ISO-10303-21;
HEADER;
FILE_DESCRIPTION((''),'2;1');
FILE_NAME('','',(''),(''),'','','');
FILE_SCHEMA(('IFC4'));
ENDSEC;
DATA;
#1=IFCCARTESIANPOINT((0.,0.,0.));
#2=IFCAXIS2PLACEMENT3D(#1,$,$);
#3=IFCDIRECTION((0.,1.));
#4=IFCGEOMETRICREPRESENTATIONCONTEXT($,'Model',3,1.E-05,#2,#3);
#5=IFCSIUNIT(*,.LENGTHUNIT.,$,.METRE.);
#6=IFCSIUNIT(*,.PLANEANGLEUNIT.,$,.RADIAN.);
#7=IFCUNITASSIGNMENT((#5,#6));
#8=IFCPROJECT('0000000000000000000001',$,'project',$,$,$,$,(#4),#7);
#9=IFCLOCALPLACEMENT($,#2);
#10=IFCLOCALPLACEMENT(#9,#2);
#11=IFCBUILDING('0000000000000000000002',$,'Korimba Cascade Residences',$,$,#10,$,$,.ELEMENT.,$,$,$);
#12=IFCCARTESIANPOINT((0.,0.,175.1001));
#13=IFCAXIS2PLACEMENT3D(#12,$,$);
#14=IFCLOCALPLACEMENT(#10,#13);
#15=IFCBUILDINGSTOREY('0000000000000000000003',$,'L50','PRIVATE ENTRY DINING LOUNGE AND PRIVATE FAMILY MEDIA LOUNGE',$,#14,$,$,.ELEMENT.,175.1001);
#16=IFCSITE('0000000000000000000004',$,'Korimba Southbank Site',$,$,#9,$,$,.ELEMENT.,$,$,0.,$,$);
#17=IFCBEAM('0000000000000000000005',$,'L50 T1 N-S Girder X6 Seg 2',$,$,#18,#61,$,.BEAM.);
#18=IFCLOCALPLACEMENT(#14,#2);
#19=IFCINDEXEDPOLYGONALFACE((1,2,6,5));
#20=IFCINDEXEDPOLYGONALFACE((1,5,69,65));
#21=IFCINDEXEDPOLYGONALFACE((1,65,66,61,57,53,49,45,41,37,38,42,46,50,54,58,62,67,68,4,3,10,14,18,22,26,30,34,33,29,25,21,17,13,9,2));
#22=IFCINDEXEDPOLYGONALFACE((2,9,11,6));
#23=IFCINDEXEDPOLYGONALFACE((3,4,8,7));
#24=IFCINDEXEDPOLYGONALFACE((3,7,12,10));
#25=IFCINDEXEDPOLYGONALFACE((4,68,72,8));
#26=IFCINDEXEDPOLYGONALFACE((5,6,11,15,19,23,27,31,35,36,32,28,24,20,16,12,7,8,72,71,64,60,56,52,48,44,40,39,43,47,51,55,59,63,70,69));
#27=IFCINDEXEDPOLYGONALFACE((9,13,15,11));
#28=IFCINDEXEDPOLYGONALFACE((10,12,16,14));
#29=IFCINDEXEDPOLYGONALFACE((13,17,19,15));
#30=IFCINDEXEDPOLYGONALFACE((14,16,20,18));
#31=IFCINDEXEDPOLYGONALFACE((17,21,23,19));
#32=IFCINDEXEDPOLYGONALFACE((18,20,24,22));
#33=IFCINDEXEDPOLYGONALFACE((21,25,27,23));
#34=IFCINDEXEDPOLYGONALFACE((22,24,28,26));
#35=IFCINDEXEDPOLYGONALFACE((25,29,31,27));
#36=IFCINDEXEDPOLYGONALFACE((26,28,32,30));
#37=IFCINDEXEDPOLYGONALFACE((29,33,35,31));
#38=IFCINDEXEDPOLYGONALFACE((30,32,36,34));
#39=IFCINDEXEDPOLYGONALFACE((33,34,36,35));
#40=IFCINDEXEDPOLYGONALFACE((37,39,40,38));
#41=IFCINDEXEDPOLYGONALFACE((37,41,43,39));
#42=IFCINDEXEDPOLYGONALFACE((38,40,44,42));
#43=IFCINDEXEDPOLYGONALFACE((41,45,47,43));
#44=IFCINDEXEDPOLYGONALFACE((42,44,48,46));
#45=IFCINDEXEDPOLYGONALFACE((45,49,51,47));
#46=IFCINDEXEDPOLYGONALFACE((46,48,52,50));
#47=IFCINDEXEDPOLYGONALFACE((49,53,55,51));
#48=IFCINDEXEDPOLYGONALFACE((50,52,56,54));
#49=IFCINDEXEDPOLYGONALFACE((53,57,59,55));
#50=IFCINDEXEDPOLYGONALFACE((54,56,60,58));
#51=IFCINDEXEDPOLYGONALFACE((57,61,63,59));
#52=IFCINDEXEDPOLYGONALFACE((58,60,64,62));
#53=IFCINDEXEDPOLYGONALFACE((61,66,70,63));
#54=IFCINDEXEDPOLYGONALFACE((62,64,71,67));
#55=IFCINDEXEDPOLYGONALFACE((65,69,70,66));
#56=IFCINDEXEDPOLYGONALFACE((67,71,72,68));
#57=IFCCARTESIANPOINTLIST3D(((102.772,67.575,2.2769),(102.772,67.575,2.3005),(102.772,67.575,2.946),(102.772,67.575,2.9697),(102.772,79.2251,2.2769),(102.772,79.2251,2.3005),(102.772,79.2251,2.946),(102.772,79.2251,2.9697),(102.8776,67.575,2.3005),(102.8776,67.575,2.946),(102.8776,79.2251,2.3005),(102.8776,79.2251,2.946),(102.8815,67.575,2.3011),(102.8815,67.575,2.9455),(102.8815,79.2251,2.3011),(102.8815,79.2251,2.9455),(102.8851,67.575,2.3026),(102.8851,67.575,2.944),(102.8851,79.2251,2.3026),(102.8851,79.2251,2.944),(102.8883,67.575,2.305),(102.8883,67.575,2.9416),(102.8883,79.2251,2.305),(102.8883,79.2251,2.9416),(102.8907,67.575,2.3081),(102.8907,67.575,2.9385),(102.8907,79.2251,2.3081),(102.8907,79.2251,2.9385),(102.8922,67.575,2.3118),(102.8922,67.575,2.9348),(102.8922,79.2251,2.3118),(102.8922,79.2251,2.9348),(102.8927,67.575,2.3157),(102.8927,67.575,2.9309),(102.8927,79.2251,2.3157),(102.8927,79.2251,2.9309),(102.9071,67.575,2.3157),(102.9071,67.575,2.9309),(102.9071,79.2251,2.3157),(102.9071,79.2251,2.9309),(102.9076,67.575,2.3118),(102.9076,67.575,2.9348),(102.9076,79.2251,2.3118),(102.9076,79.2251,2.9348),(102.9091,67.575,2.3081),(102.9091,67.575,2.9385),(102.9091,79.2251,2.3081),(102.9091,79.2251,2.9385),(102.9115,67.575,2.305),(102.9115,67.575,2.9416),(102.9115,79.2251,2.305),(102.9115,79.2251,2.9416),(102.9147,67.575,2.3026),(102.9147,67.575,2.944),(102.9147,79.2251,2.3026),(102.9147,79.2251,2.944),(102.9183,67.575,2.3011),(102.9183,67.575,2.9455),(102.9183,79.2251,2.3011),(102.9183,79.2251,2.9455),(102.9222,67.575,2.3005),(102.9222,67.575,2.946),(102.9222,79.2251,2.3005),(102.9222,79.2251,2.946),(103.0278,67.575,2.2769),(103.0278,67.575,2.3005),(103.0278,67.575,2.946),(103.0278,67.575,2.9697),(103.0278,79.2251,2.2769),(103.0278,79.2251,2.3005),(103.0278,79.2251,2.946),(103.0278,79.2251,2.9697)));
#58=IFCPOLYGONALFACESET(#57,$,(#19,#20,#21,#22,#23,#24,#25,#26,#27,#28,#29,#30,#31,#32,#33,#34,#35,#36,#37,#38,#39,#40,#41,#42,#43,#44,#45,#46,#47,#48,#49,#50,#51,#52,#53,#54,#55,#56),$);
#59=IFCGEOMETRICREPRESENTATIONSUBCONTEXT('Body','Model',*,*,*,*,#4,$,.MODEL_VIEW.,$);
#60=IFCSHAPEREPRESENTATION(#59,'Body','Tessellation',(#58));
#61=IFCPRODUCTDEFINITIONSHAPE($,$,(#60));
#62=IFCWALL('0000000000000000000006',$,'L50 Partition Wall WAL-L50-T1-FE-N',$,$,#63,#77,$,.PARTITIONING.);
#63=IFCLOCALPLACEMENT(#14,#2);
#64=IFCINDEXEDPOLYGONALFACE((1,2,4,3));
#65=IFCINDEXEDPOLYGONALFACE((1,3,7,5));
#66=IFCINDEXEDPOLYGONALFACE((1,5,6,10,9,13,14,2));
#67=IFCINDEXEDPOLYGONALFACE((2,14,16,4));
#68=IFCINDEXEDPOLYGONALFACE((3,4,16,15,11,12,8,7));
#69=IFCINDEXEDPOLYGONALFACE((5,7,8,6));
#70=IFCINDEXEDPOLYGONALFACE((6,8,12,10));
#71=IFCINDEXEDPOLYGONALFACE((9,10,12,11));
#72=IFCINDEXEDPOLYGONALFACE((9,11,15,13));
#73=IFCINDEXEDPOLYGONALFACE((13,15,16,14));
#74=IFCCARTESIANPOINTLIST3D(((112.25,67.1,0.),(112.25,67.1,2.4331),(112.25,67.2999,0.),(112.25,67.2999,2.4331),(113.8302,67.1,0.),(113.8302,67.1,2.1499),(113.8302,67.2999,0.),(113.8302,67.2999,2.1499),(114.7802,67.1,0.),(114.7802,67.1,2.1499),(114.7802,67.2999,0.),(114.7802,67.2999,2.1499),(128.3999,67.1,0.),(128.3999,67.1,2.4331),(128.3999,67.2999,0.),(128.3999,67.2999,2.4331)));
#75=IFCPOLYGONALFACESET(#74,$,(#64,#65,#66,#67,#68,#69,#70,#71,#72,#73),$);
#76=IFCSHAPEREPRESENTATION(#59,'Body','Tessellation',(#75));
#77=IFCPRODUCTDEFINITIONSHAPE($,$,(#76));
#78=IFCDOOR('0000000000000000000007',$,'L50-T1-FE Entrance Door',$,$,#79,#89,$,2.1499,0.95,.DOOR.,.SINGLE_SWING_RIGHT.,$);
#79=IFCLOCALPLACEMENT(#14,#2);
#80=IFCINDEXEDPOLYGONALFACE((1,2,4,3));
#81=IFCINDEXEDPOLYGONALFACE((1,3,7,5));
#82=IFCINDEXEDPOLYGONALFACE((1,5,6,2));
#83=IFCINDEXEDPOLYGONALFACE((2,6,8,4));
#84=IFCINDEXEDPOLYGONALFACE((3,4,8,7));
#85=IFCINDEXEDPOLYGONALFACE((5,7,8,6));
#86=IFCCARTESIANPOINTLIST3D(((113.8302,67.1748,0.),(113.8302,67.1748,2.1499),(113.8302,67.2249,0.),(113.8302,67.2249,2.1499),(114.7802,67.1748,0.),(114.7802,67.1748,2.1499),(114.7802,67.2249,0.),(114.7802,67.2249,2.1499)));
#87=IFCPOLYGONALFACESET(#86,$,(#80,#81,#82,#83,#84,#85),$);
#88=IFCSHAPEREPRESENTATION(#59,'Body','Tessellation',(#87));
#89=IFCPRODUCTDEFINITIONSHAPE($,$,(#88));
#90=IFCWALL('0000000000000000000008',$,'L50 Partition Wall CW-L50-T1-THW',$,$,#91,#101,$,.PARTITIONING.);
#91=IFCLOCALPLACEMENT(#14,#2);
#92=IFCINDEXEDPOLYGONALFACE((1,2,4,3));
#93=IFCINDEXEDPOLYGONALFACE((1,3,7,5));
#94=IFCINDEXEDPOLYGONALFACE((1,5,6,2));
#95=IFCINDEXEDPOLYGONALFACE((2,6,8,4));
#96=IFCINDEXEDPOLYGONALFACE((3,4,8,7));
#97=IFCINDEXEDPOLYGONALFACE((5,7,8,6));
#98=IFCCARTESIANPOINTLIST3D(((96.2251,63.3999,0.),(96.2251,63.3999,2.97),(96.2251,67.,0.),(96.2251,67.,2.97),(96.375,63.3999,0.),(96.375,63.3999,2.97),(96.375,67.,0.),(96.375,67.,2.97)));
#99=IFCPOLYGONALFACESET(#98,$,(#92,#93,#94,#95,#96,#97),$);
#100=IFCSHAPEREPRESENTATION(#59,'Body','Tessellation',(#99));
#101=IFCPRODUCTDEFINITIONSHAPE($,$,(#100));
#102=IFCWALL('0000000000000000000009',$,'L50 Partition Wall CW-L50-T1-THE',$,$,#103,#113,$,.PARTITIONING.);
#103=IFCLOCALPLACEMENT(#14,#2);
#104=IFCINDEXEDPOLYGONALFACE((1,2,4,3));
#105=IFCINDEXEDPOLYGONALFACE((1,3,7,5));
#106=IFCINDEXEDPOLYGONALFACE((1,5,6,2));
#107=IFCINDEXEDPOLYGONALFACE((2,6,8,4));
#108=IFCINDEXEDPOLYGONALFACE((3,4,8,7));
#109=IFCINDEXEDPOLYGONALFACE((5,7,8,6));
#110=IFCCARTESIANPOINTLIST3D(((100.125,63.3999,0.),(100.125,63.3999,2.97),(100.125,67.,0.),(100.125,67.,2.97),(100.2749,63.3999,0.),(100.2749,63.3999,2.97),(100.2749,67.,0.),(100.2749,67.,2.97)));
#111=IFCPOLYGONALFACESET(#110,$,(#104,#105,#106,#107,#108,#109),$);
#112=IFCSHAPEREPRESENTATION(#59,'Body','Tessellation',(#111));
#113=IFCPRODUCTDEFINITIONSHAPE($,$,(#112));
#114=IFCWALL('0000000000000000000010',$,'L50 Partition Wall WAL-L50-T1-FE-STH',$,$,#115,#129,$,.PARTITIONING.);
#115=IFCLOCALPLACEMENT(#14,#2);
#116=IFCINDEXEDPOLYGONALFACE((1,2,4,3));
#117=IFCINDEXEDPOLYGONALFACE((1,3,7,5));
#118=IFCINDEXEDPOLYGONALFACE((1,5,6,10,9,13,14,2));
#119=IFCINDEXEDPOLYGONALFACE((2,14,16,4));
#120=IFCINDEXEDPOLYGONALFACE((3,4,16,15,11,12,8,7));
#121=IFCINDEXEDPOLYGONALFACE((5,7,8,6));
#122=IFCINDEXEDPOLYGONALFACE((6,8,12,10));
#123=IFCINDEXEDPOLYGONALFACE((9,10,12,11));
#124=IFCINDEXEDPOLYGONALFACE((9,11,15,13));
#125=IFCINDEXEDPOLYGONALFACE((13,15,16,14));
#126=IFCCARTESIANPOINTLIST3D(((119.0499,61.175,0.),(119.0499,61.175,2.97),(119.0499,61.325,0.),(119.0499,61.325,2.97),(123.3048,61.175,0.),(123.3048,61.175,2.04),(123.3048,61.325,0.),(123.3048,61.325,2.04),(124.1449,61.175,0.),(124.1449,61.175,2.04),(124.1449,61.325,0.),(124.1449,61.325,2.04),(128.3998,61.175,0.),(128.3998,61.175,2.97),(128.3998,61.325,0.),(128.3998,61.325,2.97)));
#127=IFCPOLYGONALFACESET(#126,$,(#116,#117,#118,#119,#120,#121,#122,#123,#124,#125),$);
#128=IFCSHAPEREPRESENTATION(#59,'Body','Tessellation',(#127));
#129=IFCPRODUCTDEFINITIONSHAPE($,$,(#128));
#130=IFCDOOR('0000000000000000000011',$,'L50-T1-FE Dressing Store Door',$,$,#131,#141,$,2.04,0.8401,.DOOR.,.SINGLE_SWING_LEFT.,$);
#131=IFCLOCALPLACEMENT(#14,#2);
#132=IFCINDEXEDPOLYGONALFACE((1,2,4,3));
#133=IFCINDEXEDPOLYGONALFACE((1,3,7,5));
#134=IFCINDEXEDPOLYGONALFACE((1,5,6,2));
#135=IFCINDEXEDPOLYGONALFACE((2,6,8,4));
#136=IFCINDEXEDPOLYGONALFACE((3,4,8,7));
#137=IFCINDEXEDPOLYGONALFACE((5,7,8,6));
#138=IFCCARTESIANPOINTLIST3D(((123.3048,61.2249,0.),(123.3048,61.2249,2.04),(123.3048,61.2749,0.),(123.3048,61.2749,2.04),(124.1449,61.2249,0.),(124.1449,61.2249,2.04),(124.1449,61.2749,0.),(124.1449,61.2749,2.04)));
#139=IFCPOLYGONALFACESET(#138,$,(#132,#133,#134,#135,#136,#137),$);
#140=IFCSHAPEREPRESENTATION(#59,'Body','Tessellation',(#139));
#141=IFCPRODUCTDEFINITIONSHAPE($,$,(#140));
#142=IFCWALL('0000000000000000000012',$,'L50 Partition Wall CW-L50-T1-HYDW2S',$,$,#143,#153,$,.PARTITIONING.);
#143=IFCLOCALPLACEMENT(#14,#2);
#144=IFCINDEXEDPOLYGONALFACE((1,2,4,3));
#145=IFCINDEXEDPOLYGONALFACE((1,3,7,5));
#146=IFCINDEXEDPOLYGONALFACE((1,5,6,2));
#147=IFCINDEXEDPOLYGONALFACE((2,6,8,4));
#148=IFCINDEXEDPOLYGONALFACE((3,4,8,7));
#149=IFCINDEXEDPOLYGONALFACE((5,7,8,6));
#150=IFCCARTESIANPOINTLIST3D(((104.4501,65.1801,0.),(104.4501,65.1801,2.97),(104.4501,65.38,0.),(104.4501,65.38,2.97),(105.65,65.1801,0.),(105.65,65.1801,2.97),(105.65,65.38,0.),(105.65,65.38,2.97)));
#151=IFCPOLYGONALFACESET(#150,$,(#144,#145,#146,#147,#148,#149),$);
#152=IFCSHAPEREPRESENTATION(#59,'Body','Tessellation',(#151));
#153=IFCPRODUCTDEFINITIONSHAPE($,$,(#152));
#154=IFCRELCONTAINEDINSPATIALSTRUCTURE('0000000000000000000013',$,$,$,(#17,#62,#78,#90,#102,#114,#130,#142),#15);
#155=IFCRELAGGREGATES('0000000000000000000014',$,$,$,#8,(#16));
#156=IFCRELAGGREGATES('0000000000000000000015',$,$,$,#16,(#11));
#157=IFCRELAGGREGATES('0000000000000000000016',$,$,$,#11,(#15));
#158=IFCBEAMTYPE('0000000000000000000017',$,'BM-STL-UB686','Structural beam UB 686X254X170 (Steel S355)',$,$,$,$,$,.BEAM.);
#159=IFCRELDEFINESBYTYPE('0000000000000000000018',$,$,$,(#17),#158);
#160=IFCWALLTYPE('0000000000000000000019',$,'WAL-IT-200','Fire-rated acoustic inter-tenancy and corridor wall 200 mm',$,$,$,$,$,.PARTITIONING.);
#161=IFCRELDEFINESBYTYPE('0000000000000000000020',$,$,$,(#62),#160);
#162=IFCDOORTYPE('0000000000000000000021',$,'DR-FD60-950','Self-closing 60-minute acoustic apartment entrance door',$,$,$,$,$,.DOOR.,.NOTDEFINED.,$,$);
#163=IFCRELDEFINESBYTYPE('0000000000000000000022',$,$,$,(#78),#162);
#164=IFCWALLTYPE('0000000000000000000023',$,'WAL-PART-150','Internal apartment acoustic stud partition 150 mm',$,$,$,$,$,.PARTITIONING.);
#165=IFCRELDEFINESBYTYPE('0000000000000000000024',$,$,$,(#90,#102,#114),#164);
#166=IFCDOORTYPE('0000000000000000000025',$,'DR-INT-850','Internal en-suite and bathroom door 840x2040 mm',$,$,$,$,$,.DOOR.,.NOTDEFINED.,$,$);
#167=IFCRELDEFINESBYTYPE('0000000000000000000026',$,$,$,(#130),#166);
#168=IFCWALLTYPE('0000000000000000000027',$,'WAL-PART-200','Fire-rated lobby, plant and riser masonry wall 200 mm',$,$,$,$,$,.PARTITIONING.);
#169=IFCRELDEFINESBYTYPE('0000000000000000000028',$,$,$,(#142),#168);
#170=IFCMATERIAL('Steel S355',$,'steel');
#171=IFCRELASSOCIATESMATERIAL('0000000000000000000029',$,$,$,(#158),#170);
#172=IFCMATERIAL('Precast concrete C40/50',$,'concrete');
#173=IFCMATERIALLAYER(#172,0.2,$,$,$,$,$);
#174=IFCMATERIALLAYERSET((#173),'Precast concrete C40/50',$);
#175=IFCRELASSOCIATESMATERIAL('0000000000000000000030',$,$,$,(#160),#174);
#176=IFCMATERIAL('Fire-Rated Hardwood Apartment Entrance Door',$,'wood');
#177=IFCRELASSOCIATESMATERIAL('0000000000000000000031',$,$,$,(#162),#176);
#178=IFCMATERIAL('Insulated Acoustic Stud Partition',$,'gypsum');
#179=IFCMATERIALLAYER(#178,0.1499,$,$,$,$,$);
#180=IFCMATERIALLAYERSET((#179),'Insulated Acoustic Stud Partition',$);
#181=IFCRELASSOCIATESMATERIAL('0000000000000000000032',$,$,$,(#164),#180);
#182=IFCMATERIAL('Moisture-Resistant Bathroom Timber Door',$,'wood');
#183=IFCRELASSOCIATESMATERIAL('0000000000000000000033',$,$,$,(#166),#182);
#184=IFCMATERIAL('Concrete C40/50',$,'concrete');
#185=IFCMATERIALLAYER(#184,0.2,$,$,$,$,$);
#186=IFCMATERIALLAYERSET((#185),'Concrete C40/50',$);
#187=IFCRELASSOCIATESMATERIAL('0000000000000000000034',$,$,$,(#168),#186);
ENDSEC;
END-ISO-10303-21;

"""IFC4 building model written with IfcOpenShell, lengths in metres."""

from ifc_helpers import new_model, si_unit, direction, frame, frame_2d, origin, origin_2d, place, context, subcontext, project, spatial, rectangle, i_section, extrude, material, layer, layer_set, material_profile, profile_set, type_object, element, fill, save


model = new_model("IFC4")

# Units and contexts
model_context = context("Model", 3, precision=1e-05, world=origin(), true_north=direction((0.0, 1.0)))
body_context = subcontext(model_context, "Body", "Model", "MODEL_VIEW")
ifc_project = project(units=[si_unit("LENGTHUNIT", "METRE"), si_unit("PLANEANGLEUNIT", "RADIAN")], contexts=[model_context])

# Site, building, storey
site_placement = place(None, origin())
site = spatial("IfcSite", under=ifc_project, at=site_placement, Name="Korimba Southbank Site", CompositionType="ELEMENT", RefElevation=0.0)
building_placement = place(site_placement, origin())
building = spatial("IfcBuilding", under=site, at=building_placement, Name="Korimba Cascade Residences", CompositionType="ELEMENT")
storey_placement = place(building_placement, frame((0.0, 0.0, 175.1001)))
storey = spatial("IfcBuildingStorey", under=building, at=storey_placement, Name="L50", Description="PRIVATE ENTRY DINING LOUNGE AND PRIVATE FAMILY MEDIA LOUNGE", CompositionType="ELEMENT", Elevation=175.1001)

# Beam
ifc_material_1 = material(Name="Steel S355", Category="steel")
ifc_material_profile_1 = material_profile(ifc_material_1, i_section(OverallWidth=0.2559, OverallDepth=0.6929, WebThickness=0.0144, FlangeThickness=0.0237, FilletRadius=0.0151, at=origin_2d()), Name="Steel S355")
ifc_profile_set_1 = profile_set([ifc_material_profile_1], Name="Steel S355")
beam_type_1 = type_object("IfcBeamType", Name="BM-STL-UB686", Description="Structural beam UB 686X254X170 (Steel S355)", PredefinedType="BEAM", material=ifc_profile_set_1)
beam_1_placement = place(storey_placement, frame((102.8999, 67.575, 2.6233), z_axis=(0.0, 1.0, 0.0), x_axis=(-1.0, 0.0, 0.0)))
element("IfcBeam", 1, at=beam_1_placement, inside=storey, type_object=beam_type_1, Name="L50 T1 N-S Girder X6 Seg 2", PredefinedType="BEAM", context=body_context, shape_type="SweptSolid", body=[
    extrude(i_section(OverallWidth=0.2559, OverallDepth=0.6929, WebThickness=0.0144, FlangeThickness=0.0237, FilletRadius=0.0151, at=origin_2d()), origin(), (0.0, 0.0, 1.0), 11.6501),
])

# Wall, opening, door
ifc_material_2 = material(Name="Precast concrete C40/50", Category="concrete")
ifc_layer_1 = layer(ifc_material_2, 0.2)
ifc_layer_set_1 = layer_set([ifc_layer_1], Name="Precast concrete C40/50")
wall_type_1 = type_object("IfcWallType", Name="WAL-IT-200", Description="Fire-rated acoustic inter-tenancy and corridor wall 200 mm", PredefinedType="PARTITIONING", material=ifc_layer_set_1)
wall_1_placement = place(storey_placement, frame((112.25, 67.2, 0.0), z_axis=(0.0, 0.0, 1.0), x_axis=(1.0, 0.0, 0.0)))
wall_1 = element("IfcWall", 2, at=wall_1_placement, inside=storey, type_object=wall_type_1, Name="L50 Partition Wall WAL-L50-T1-FE-N", PredefinedType="PARTITIONING", context=body_context, shape_type="SweptSolid", body=[
    extrude(rectangle(XDim=16.1499, YDim=0.2, at=frame_2d((8.075, 0.0))), origin(), (0.0, 0.0, 1.0), 2.4331),
])
opening_1_placement = place(wall_1_placement, frame((1.5801, 0.0, 0.0)))
opening_1 = element("IfcOpeningElement", 3, at=opening_1_placement, cuts=wall_1, PredefinedType="OPENING", context=body_context, shape_type="SweptSolid", body=[
    extrude(rectangle(XDim=0.95, YDim=2.1499, at=frame_2d((0.4751, 1.075))), frame((0.0, 0.1099, 0.0), z_axis=(0.0, -1.0, 0.0), x_axis=(1.0, 0.0, 0.0)), (0.0, 0.0, 1.0), 0.22),
])
ifc_material_3 = material(Name="Fire-Rated Hardwood Apartment Entrance Door", Category="wood")
door_type_1 = type_object("IfcDoorType", Name="DR-FD60-950", Description="Self-closing 60-minute acoustic apartment entrance door", OperationType="NOTDEFINED", PredefinedType="DOOR", material=ifc_material_3)
door_1_placement = place(opening_1_placement, origin())
door_1 = element("IfcDoor", 4, at=door_1_placement, inside=storey, type_object=door_type_1, Name="L50-T1-FE Entrance Door", OperationType="SINGLE_SWING_RIGHT", OverallHeight=2.1499, OverallWidth=0.95, PredefinedType="DOOR", context=body_context, shape_type="SweptSolid", body=[
    extrude(rectangle(XDim=0.95, YDim=2.1499, at=frame_2d((0.4751, 1.075))), frame((0.0, 0.0249, 0.0), z_axis=(0.0, -1.0, 0.0), x_axis=(1.0, 0.0, 0.0)), (0.0, 0.0, 1.0), 0.05),
])
fill(opening_1, door_1)

# Walls
ifc_material_4 = material(Name="Insulated Acoustic Stud Partition", Category="gypsum")
ifc_layer_2 = layer(ifc_material_4, 0.1499)
ifc_layer_set_2 = layer_set([ifc_layer_2], Name="Insulated Acoustic Stud Partition")
wall_type_2 = type_object("IfcWallType", Name="WAL-PART-150", Description="Internal apartment acoustic stud partition 150 mm", PredefinedType="PARTITIONING", material=ifc_layer_set_2)
for number, where, z_axis, x_axis, name in (
    (5, (96.3, 63.3999, 0.0), (0.0, 0.0, 1.0), (0.0, 1.0, 0.0), "L50 Partition Wall CW-L50-T1-THW"),
    (6, (100.2, 63.3999, 0.0), (0.0, 0.0, 1.0), (0.0, 1.0, 0.0), "L50 Partition Wall CW-L50-T1-THE"),
):
    element("IfcWall", number, at=place(storey_placement, frame(where, z_axis=z_axis, x_axis=x_axis)), inside=storey, type_object=wall_type_2, Name=name, PredefinedType="PARTITIONING", context=body_context, shape_type="SweptSolid", body=[
        extrude(rectangle(XDim=3.6001, YDim=0.1499, at=frame_2d((1.8, 0.0))), origin(), (0.0, 0.0, 1.0), 2.97),
    ])

# Wall, opening, door
wall_2_placement = place(storey_placement, frame((119.05, 61.25, 0.0), z_axis=(0.0, 0.0, 1.0), x_axis=(1.0, 0.0, 0.0)))
wall_2 = element("IfcWall", 7, at=wall_2_placement, inside=storey, type_object=wall_type_2, Name="L50 Partition Wall WAL-L50-T1-FE-STH", PredefinedType="PARTITIONING", context=body_context, shape_type="SweptSolid", body=[
    extrude(rectangle(XDim=9.3499, YDim=0.1499, at=frame_2d((4.6748, 0.0))), origin(), (0.0, 0.0, 1.0), 2.97),
])
opening_2_placement = place(wall_2_placement, frame((4.2549, 0.0, 0.0)))
opening_2 = element("IfcOpeningElement", 8, at=opening_2_placement, cuts=wall_2, PredefinedType="OPENING", context=body_context, shape_type="SweptSolid", body=[
    extrude(rectangle(XDim=0.8401, YDim=2.04, at=frame_2d((0.4199, 1.02))), frame((0.0, 0.085, 0.0), z_axis=(0.0, -1.0, 0.0), x_axis=(1.0, 0.0, 0.0)), (0.0, 0.0, 1.0), 0.1699),
])
ifc_material_5 = material(Name="Moisture-Resistant Bathroom Timber Door", Category="wood")
door_type_2 = type_object("IfcDoorType", Name="DR-INT-850", Description="Internal en-suite and bathroom door 840x2040 mm", OperationType="NOTDEFINED", PredefinedType="DOOR", material=ifc_material_5)
door_2_placement = place(opening_2_placement, origin())
door_2 = element("IfcDoor", 9, at=door_2_placement, inside=storey, type_object=door_type_2, Name="L50-T1-FE Dressing Store Door", OperationType="SINGLE_SWING_LEFT", OverallHeight=2.04, OverallWidth=0.8401, PredefinedType="DOOR", context=body_context, shape_type="SweptSolid", body=[
    extrude(rectangle(XDim=0.8401, YDim=2.04, at=frame_2d((0.4199, 1.02))), frame((0.0, 0.0249, 0.0), z_axis=(0.0, -1.0, 0.0), x_axis=(1.0, 0.0, 0.0)), (0.0, 0.0, 1.0), 0.05),
])
fill(opening_2, door_2)

# Wall
ifc_material_6 = material(Name="Concrete C40/50", Category="concrete")
ifc_layer_3 = layer(ifc_material_6, 0.2)
ifc_layer_set_3 = layer_set([ifc_layer_3], Name="Concrete C40/50")
wall_type_3 = type_object("IfcWallType", Name="WAL-PART-200", Description="Fire-rated lobby, plant and riser masonry wall 200 mm", PredefinedType="PARTITIONING", material=ifc_layer_set_3)
wall_3_placement = place(storey_placement, frame((104.45, 65.28, 0.0), z_axis=(0.0, 0.0, 1.0), x_axis=(1.0, 0.0, 0.0)))
element("IfcWall", 10, at=wall_3_placement, inside=storey, type_object=wall_type_3, Name="L50 Partition Wall CW-L50-T1-HYDW2S", PredefinedType="PARTITIONING", context=body_context, shape_type="SweptSolid", body=[
    extrude(rectangle(XDim=1.2, YDim=0.2, at=frame_2d((0.6001, 0.0))), origin(), (0.0, 0.0, 1.0), 2.97),
])

save(model, "model.ifc")
